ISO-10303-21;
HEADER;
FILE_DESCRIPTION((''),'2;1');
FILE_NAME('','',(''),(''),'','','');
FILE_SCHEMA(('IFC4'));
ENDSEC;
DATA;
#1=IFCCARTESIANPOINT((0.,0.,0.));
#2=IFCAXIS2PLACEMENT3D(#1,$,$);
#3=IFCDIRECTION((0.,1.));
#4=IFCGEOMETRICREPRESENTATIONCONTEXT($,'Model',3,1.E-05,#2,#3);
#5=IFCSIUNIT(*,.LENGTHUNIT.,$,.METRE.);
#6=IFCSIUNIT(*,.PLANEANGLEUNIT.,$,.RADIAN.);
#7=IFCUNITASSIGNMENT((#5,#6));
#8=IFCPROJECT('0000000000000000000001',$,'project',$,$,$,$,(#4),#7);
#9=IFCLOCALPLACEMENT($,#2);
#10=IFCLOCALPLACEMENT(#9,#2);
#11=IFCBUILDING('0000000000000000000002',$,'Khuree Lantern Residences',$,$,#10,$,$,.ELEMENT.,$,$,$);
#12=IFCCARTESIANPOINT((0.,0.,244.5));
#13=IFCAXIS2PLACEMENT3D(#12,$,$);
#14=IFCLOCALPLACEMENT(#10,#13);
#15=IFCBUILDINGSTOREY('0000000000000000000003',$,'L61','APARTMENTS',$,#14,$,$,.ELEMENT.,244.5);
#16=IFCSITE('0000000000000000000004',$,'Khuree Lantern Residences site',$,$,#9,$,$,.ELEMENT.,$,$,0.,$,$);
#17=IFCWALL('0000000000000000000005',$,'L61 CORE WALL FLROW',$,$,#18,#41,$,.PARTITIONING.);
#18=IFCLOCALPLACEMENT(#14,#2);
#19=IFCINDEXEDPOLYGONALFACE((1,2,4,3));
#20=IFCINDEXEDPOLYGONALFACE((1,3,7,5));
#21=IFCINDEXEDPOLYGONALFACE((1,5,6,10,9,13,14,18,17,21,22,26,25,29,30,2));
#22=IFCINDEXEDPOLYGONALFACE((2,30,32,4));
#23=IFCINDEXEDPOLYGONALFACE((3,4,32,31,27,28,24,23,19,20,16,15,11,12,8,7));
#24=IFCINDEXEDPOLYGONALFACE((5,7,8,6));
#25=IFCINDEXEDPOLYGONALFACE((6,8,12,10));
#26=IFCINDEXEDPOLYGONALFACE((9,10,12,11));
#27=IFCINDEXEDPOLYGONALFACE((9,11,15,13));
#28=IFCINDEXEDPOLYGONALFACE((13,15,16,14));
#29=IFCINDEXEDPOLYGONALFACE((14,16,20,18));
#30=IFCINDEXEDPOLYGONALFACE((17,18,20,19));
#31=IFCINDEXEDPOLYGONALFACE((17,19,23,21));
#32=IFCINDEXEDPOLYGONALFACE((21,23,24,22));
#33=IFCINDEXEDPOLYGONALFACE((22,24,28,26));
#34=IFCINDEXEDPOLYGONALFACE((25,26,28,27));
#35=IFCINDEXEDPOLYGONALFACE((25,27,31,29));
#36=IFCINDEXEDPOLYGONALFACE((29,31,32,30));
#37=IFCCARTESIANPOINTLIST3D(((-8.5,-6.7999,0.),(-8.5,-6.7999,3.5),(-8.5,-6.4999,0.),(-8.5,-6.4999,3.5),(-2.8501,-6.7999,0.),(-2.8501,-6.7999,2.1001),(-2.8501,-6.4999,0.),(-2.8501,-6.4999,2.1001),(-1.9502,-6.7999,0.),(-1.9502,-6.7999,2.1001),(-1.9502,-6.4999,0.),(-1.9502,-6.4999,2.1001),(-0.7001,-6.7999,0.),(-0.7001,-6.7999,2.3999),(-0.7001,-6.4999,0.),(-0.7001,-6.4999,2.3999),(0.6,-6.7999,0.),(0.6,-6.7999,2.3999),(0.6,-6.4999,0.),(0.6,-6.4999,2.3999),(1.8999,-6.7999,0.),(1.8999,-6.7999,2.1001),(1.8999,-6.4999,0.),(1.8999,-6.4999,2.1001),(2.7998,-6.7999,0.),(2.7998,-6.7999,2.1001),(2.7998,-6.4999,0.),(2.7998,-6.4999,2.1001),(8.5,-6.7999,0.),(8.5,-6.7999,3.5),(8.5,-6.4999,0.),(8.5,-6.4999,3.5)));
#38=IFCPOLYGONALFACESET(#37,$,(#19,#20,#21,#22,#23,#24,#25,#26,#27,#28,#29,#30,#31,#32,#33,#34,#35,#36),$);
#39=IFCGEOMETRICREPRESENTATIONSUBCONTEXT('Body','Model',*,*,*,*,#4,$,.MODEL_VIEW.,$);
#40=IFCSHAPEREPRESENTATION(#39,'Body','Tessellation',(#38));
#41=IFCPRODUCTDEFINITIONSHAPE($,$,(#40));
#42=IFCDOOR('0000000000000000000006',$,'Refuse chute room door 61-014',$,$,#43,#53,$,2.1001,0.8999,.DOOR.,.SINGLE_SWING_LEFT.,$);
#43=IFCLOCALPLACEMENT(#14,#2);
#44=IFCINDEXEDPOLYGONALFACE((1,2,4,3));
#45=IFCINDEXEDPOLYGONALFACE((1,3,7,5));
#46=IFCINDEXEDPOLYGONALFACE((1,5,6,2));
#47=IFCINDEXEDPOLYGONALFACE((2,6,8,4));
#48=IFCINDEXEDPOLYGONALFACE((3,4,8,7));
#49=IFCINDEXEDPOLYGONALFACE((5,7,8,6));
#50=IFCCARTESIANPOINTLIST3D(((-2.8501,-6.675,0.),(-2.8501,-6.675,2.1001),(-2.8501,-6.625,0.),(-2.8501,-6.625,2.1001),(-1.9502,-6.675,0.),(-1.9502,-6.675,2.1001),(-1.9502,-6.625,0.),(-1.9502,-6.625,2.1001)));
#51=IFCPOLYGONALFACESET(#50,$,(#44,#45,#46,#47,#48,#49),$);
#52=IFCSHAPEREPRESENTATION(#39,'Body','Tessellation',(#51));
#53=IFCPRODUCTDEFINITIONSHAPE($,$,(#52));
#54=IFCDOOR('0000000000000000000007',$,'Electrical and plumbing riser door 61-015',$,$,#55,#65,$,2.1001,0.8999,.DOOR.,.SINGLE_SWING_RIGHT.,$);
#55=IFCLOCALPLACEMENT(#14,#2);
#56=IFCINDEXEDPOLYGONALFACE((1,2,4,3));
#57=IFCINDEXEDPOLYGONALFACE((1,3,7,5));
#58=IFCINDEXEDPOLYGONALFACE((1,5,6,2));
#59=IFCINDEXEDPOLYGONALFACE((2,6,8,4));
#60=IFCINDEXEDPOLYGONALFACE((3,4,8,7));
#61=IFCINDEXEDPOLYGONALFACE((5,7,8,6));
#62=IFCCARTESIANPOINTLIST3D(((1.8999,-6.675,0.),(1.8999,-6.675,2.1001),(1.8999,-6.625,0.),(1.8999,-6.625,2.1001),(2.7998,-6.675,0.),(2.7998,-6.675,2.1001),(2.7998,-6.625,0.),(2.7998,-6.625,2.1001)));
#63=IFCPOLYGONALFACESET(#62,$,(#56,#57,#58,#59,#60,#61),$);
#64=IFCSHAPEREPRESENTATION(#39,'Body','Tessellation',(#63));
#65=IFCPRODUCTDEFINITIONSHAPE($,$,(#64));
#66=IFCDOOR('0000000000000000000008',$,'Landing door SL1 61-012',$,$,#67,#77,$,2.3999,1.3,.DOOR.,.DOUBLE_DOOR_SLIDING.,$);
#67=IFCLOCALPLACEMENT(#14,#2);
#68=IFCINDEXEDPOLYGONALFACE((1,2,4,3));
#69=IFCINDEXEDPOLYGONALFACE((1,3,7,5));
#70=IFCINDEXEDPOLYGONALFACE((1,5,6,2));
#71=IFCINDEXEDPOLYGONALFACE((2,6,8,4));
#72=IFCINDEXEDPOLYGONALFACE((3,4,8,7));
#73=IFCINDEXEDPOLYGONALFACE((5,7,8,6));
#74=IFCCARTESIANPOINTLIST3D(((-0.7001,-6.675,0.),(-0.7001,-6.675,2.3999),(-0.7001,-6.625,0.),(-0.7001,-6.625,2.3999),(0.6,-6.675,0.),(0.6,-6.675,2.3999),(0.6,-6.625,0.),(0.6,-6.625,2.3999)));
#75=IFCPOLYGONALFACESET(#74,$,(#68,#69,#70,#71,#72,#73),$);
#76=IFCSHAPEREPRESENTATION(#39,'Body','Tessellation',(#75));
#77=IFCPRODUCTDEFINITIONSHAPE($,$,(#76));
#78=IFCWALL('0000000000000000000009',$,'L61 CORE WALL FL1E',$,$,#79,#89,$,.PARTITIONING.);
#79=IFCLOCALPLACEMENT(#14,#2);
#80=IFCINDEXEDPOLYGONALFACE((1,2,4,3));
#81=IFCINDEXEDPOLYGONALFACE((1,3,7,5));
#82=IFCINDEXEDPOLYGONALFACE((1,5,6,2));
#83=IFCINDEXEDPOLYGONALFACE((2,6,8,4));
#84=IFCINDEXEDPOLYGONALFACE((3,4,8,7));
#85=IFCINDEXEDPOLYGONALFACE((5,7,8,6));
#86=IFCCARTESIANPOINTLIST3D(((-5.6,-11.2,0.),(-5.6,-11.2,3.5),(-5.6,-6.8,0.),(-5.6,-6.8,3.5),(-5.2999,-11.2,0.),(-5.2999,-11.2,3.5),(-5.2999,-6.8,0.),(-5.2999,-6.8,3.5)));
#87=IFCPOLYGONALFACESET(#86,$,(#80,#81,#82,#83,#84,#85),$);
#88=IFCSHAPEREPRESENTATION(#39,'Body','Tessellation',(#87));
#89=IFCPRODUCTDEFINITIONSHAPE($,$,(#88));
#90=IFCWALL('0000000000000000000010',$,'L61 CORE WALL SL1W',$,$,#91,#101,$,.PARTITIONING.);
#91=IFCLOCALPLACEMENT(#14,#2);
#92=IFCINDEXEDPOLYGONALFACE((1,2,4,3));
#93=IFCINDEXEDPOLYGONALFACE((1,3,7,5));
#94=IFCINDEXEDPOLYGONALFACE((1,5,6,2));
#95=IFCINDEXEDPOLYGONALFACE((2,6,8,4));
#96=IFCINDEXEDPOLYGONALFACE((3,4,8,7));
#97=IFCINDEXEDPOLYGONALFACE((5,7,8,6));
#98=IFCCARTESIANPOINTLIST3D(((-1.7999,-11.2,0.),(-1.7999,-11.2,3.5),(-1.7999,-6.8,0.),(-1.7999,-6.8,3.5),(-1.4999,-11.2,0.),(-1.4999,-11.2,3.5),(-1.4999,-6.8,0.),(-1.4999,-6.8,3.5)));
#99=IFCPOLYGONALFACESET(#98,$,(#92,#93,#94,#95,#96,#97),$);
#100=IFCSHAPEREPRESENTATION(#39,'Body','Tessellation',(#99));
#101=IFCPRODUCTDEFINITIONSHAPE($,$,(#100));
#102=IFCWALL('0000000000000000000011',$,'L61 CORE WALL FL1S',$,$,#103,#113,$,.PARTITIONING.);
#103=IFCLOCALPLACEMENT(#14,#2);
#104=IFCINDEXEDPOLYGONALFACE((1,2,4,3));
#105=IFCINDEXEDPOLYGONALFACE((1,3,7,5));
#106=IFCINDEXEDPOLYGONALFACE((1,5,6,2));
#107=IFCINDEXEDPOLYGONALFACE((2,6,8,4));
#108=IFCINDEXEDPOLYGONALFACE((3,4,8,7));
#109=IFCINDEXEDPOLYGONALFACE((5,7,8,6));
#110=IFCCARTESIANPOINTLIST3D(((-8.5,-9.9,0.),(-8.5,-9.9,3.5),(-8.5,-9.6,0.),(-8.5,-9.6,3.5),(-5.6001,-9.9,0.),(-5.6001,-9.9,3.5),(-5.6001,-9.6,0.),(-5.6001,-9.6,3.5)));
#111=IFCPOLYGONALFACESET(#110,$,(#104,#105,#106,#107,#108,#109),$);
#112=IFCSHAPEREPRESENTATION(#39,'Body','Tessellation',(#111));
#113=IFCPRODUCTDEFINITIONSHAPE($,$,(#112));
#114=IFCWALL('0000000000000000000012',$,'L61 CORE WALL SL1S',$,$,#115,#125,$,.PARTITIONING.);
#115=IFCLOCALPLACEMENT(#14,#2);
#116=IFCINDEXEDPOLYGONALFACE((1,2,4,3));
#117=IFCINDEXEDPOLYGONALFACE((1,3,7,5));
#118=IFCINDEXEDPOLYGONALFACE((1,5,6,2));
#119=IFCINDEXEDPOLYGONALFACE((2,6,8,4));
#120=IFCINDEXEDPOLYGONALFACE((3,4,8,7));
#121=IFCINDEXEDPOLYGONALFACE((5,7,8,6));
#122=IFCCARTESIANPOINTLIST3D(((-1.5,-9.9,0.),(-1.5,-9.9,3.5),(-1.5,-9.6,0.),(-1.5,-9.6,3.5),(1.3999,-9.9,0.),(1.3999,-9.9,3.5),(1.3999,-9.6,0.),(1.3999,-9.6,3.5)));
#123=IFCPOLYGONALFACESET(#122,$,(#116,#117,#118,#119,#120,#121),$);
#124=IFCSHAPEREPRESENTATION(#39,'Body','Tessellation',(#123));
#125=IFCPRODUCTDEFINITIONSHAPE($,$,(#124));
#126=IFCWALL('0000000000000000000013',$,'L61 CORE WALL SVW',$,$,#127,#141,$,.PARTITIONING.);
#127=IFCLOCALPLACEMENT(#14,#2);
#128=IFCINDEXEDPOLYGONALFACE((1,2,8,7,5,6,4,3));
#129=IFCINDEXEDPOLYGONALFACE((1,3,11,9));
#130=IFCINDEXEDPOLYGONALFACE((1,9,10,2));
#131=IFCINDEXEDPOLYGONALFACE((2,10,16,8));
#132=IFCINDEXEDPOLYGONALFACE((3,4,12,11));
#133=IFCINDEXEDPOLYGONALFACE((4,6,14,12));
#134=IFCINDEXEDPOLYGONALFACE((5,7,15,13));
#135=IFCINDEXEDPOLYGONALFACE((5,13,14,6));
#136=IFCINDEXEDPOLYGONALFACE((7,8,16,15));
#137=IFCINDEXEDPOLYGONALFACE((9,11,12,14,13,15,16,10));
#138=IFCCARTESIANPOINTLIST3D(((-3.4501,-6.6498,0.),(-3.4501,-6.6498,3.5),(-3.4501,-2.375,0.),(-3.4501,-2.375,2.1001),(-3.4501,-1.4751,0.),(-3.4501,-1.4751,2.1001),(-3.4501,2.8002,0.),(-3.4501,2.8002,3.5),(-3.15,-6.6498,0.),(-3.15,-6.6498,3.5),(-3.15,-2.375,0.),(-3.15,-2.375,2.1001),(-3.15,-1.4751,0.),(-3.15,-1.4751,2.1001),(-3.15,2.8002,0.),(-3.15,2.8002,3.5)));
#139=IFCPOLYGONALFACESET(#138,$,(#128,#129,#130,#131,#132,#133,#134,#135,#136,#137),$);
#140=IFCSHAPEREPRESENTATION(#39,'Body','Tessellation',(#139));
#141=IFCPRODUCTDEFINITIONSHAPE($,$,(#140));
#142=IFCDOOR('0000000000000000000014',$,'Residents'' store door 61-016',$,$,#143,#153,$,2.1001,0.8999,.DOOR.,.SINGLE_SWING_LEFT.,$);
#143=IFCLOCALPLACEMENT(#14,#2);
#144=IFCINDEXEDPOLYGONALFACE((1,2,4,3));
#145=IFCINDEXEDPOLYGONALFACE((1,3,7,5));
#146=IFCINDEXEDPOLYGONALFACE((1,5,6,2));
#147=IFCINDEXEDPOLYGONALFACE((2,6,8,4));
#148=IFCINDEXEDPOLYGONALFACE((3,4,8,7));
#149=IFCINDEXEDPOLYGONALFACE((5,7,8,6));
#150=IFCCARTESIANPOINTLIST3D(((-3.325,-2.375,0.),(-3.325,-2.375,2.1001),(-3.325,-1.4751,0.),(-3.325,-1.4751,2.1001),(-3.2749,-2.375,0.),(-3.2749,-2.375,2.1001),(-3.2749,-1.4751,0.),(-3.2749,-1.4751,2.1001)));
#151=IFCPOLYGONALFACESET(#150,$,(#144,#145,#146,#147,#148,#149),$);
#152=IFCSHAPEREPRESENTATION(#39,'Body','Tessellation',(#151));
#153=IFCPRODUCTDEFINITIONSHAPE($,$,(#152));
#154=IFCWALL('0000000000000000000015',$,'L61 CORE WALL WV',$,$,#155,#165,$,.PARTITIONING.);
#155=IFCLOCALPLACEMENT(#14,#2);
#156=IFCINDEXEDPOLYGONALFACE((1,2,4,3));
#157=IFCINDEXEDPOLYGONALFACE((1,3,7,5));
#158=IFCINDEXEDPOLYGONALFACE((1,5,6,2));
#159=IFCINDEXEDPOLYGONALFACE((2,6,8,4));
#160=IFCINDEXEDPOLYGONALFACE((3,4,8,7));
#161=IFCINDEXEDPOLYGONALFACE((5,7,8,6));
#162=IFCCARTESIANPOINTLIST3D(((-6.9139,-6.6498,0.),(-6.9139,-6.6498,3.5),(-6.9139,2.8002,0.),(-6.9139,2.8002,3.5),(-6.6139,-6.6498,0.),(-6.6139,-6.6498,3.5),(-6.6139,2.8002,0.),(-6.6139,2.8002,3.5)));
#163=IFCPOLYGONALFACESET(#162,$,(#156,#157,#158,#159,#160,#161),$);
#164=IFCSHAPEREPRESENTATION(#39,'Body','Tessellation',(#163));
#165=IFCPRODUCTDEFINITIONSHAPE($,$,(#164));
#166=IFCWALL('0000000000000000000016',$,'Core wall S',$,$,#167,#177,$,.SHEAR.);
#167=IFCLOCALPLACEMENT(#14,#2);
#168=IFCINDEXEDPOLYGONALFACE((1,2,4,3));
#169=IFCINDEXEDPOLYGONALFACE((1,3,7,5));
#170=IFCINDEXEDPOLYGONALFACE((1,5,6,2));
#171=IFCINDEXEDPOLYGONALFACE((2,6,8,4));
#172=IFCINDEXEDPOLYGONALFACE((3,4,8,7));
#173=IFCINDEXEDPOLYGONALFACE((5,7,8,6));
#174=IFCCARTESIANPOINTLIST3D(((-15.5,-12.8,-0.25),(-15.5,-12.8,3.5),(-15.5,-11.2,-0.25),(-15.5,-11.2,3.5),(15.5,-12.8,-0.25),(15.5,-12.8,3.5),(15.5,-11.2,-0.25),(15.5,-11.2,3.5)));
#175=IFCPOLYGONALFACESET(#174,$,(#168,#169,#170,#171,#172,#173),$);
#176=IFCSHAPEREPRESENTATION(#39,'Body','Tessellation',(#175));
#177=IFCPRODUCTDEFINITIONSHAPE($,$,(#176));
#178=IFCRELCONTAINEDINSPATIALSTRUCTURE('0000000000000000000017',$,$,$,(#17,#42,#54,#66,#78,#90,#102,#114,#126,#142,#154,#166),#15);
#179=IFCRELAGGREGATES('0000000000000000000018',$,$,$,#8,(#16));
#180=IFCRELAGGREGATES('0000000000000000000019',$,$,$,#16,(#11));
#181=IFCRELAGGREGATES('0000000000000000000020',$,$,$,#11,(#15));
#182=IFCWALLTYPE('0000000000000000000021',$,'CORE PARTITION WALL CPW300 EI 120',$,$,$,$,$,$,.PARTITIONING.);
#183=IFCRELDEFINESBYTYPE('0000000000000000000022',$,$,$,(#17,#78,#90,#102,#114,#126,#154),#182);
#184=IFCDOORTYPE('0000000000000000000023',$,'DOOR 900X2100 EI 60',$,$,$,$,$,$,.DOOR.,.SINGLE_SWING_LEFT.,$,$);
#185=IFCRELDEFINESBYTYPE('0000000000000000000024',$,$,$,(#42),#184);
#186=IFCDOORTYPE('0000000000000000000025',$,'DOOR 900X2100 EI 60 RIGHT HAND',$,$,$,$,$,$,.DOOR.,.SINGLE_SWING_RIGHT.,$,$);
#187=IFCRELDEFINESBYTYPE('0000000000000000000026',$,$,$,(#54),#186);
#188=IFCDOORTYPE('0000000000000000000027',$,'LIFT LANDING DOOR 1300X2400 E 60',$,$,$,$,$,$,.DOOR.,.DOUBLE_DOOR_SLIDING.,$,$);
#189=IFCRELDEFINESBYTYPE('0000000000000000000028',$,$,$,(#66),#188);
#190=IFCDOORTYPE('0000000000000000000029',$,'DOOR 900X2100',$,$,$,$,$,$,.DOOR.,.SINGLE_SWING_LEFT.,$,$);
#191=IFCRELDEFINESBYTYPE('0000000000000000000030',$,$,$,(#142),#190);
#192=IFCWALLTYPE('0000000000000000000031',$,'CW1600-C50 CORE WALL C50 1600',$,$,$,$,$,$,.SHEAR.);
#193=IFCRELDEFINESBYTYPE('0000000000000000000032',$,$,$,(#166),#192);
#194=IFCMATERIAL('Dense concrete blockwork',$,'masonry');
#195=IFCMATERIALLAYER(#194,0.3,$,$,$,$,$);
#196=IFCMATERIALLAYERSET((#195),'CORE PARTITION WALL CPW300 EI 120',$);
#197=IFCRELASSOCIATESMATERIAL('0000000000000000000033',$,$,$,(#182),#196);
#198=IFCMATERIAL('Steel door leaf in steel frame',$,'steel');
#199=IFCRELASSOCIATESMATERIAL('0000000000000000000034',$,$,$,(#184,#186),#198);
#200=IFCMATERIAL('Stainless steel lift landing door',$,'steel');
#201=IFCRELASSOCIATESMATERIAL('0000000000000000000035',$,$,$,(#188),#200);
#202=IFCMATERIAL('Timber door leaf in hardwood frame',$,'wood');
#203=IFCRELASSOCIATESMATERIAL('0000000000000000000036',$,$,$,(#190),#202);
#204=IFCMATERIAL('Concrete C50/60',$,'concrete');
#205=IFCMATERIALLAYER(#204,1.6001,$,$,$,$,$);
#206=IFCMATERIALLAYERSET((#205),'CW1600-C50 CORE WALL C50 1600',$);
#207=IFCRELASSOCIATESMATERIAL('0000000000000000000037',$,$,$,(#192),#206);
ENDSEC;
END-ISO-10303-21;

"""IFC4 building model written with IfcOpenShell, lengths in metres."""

from ifc_helpers import new_model, si_unit, direction, frame, frame_2d, origin, place, context, subcontext, project, spatial, rectangle, extrude, material, layer, layer_set, type_object, element, fill, save


model = new_model("IFC4")

# Units and contexts
model_context = context("Model", 3, precision=1e-05, world=origin(), true_north=direction((0.0, 1.0)))
body_context = subcontext(model_context, "Body", "Model", "MODEL_VIEW")
ifc_project = project(units=[si_unit("LENGTHUNIT", "METRE"), si_unit("PLANEANGLEUNIT", "RADIAN")], contexts=[model_context])

# Site, building, storey
site_placement = place(None, origin())
site = spatial("IfcSite", under=ifc_project, at=site_placement, Name="Khuree Lantern Residences site", CompositionType="ELEMENT", RefElevation=0.0)
building_placement = place(site_placement, origin())
building = spatial("IfcBuilding", under=site, at=building_placement, Name="Khuree Lantern Residences", CompositionType="ELEMENT")
storey_placement = place(building_placement, frame((0.0, 0.0, 244.5)))
storey = spatial("IfcBuildingStorey", under=building, at=storey_placement, Name="L61", Description="APARTMENTS", CompositionType="ELEMENT", Elevation=244.5)

# Shared definitions
ifc_material_1 = material(Name="Concrete C50/60", Category="concrete")

# Shared definitions
ifc_material_2 = material(Name="Timber door leaf in hardwood frame", Category="wood")

# Shared definitions
ifc_material_3 = material(Name="Dense concrete blockwork", Category="masonry")
ifc_layer_1 = layer(ifc_material_3, 0.3)
ifc_layer_set_1 = layer_set([ifc_layer_1], Name="CORE PARTITION WALL CPW300 EI 120")
wall_type_1 = type_object("IfcWallType", Name="CORE PARTITION WALL CPW300 EI 120", PredefinedType="PARTITIONING", material=ifc_layer_set_1)
ifc_material_4 = material(Name="Stainless steel lift landing door", Category="steel")

# Wall, openings, doors
wall_1_placement = place(storey_placement, frame((-8.5, -6.6499, 0.0), z_axis=(0.0, 0.0, 1.0), x_axis=(1.0, 0.0, 0.0)))
wall_1 = element("IfcWall", 1, at=wall_1_placement, inside=storey, type_object=wall_type_1, Name="L61 CORE WALL FLROW", PredefinedType="PARTITIONING", context=body_context, shape_type="SweptSolid", body=[
    extrude(rectangle(XDim=17.0, YDim=0.3, at=frame_2d((8.5, 0.0))), origin(), (0.0, 0.0, 1.0), 3.5),
])
opening_1_placement = place(wall_1_placement, frame((7.8, 0.0, 0.0)))
opening_1 = element("IfcOpeningElement", 2, at=opening_1_placement, cuts=wall_1, PredefinedType="OPENING", context=body_context, shape_type="SweptSolid", body=[
    extrude(rectangle(XDim=1.3, YDim=2.3999, at=frame_2d((0.6499, 1.2))), frame((0.0, 0.1602, 0.0), z_axis=(0.0, -1.0, 0.0), x_axis=(1.0, 0.0, 0.0)), (0.0, 0.0, 1.0), 0.3201),
])
opening_2_placement = place(wall_1_placement, frame((5.6499, 0.0, 0.0)))
opening_2 = element("IfcOpeningElement", 3, at=opening_2_placement, cuts=wall_1, PredefinedType="OPENING", context=body_context, shape_type="SweptSolid", body=[
    extrude(rectangle(XDim=0.8999, YDim=2.1001, at=frame_2d((0.45, 1.05))), frame((0.0, 0.1602, 0.0), z_axis=(0.0, -1.0, 0.0), x_axis=(1.0, 0.0, 0.0)), (0.0, 0.0, 1.0), 0.3201),
])
opening_3_placement = place(wall_1_placement, frame((10.3999, 0.0, 0.0)))
opening_3 = element("IfcOpeningElement", 4, at=opening_3_placement, cuts=wall_1, PredefinedType="OPENING", context=body_context, shape_type="SweptSolid", body=[
    extrude(rectangle(XDim=0.8999, YDim=2.1001, at=frame_2d((0.45, 1.05))), frame((0.0, 0.1602, 0.0), z_axis=(0.0, -1.0, 0.0), x_axis=(1.0, 0.0, 0.0)), (0.0, 0.0, 1.0), 0.3201),
])
ifc_material_5 = material(Name="Steel door leaf in steel frame", Category="steel")
door_type_1 = type_object("IfcDoorType", Name="DOOR 900X2100 EI 60", OperationType="SINGLE_SWING_LEFT", PredefinedType="DOOR", material=ifc_material_5)
door_1_placement = place(opening_2_placement, origin())
door_1 = element("IfcDoor", 5, at=door_1_placement, inside=storey, type_object=door_type_1, Name="Refuse chute room door 61-014", OperationType="SINGLE_SWING_LEFT", OverallHeight=2.1001, OverallWidth=0.8999, PredefinedType="DOOR", context=body_context, shape_type="SweptSolid", body=[
    extrude(rectangle(XDim=0.8999, YDim=2.1001, at=frame_2d((0.45, 1.05))), frame((0.0, 0.0249, 0.0), z_axis=(0.0, -1.0, 0.0), x_axis=(1.0, 0.0, 0.0)), (0.0, 0.0, 1.0), 0.05),
])
fill(opening_2, door_1)
door_type_2 = type_object("IfcDoorType", Name="DOOR 900X2100 EI 60 RIGHT HAND", OperationType="SINGLE_SWING_RIGHT", PredefinedType="DOOR", material=ifc_material_5)
door_2_placement = place(opening_3_placement, origin())
door_2 = element("IfcDoor", 6, at=door_2_placement, inside=storey, type_object=door_type_2, Name="Electrical and plumbing riser door 61-015", OperationType="SINGLE_SWING_RIGHT", OverallHeight=2.1001, OverallWidth=0.8999, PredefinedType="DOOR", context=body_context, shape_type="SweptSolid", body=[
    extrude(rectangle(XDim=0.8999, YDim=2.1001, at=frame_2d((0.45, 1.05))), frame((0.0, 0.0249, 0.0), z_axis=(0.0, -1.0, 0.0), x_axis=(1.0, 0.0, 0.0)), (0.0, 0.0, 1.0), 0.05),
])
fill(opening_3, door_2)
door_type_3 = type_object("IfcDoorType", Name="LIFT LANDING DOOR 1300X2400 E 60", OperationType="DOUBLE_DOOR_SLIDING", PredefinedType="DOOR", material=ifc_material_4)
door_3_placement = place(opening_1_placement, origin())
door_3 = element("IfcDoor", 7, at=door_3_placement, inside=storey, type_object=door_type_3, Name="Landing door SL1 61-012", OperationType="DOUBLE_DOOR_SLIDING", OverallHeight=2.3999, OverallWidth=1.3, PredefinedType="DOOR", context=body_context, shape_type="SweptSolid", body=[
    extrude(rectangle(XDim=1.3, YDim=2.3999, at=frame_2d((0.6499, 1.2))), frame((0.0, 0.0249, 0.0), z_axis=(0.0, -1.0, 0.0), x_axis=(1.0, 0.0, 0.0)), (0.0, 0.0, 1.0), 0.05),
])
fill(opening_1, door_3)

# Walls
for number, where, z_axis, x_axis, name in (
    (8, (-5.45, -11.2, 0.0), (0.0, 0.0, 1.0), (0.0, 1.0, 0.0), "L61 CORE WALL FL1E"),
    (9, (-1.6499, -11.2, 0.0), (0.0, 0.0, 1.0), (0.0, 1.0, 0.0), "L61 CORE WALL SL1W"),
):
    element("IfcWall", number, at=place(storey_placement, frame(where, z_axis=z_axis, x_axis=x_axis)), inside=storey, type_object=wall_type_1, Name=name, PredefinedType="PARTITIONING", context=body_context, shape_type="SweptSolid", body=[
        extrude(rectangle(XDim=4.3999, YDim=0.3, at=frame_2d((2.2, 0.0))), origin(), (0.0, 0.0, 1.0), 3.5),
    ])
for number, where, z_axis, x_axis, name in (
    (10, (-8.5, -9.75, 0.0), (0.0, 0.0, 1.0), (1.0, 0.0, 0.0), "L61 CORE WALL FL1S"),
    (11, (-1.5, -9.75, 0.0), (0.0, 0.0, 1.0), (1.0, 0.0, 0.0), "L61 CORE WALL SL1S"),
):
    element("IfcWall", number, at=place(storey_placement, frame(where, z_axis=z_axis, x_axis=x_axis)), inside=storey, type_object=wall_type_1, Name=name, PredefinedType="PARTITIONING", context=body_context, shape_type="SweptSolid", body=[
        extrude(rectangle(XDim=2.8999, YDim=0.3, at=frame_2d((1.45, 0.0))), origin(), (0.0, 0.0, 1.0), 3.5),
    ])

# Wall, opening, door
wall_2_placement = place(storey_placement, frame((-3.3, -6.6499, 0.0), z_axis=(0.0, 0.0, 1.0), x_axis=(0.0, 1.0, 0.0)))
wall_2 = element("IfcWall", 12, at=wall_2_placement, inside=storey, type_object=wall_type_1, Name="L61 CORE WALL SVW", PredefinedType="PARTITIONING", context=body_context, shape_type="SweptSolid", body=[
    extrude(rectangle(XDim=9.45, YDim=0.3, at=frame_2d((4.7251, 0.0))), origin(), (0.0, 0.0, 1.0), 3.5),
])
opening_4_placement = place(wall_2_placement, frame((4.2749, 0.0, 0.0)))
opening_4 = element("IfcOpeningElement", 13, at=opening_4_placement, cuts=wall_2, PredefinedType="OPENING", context=body_context, shape_type="SweptSolid", body=[
    extrude(rectangle(XDim=0.8999, YDim=2.1001, at=frame_2d((0.45, 1.05))), frame((0.0, 0.1602, 0.0), z_axis=(0.0, -1.0, 0.0), x_axis=(1.0, 0.0, 0.0)), (0.0, 0.0, 1.0), 0.3201),
])
door_type_4 = type_object("IfcDoorType", Name="DOOR 900X2100", OperationType="SINGLE_SWING_LEFT", PredefinedType="DOOR", material=ifc_material_2)
door_4_placement = place(opening_4_placement, origin())
door_4 = element("IfcDoor", 14, at=door_4_placement, inside=storey, type_object=door_type_4, Name="Residents' store door 61-016", OperationType="SINGLE_SWING_LEFT", OverallHeight=2.1001, OverallWidth=0.8999, PredefinedType="DOOR", context=body_context, shape_type="SweptSolid", body=[
    extrude(rectangle(XDim=0.8999, YDim=2.1001, at=frame_2d((0.45, 1.05))), frame((0.0, 0.0249, 0.0), z_axis=(0.0, -1.0, 0.0), x_axis=(1.0, 0.0, 0.0)), (0.0, 0.0, 1.0), 0.05),
])
fill(opening_4, door_4)

# Walls
wall_3_placement = place(storey_placement, frame((-6.7639, -6.6499, 0.0), z_axis=(0.0, 0.0, 1.0), x_axis=(0.0, 1.0, 0.0)))
element("IfcWall", 15, at=wall_3_placement, inside=storey, type_object=wall_type_1, Name="L61 CORE WALL WV", PredefinedType="PARTITIONING", context=body_context, shape_type="SweptSolid", body=[
    extrude(rectangle(XDim=9.45, YDim=0.3, at=frame_2d((4.7251, 0.0))), origin(), (0.0, 0.0, 1.0), 3.5),
])
ifc_layer_2 = layer(ifc_material_1, 1.6001)
ifc_layer_set_2 = layer_set([ifc_layer_2], Name="CW1600-C50 CORE WALL C50 1600")
wall_type_2 = type_object("IfcWallType", Name="CW1600-C50 CORE WALL C50 1600", PredefinedType="SHEAR", material=ifc_layer_set_2)
wall_4_placement = place(storey_placement, frame((-15.5, -12.0, -0.25), z_axis=(0.0, 0.0, 1.0), x_axis=(1.0, 0.0, 0.0)))
element("IfcWall", 16, at=wall_4_placement, inside=storey, type_object=wall_type_2, Name="Core wall S", PredefinedType="SHEAR", context=body_context, shape_type="SweptSolid", body=[
    extrude(rectangle(XDim=31.0, YDim=1.6001, at=frame_2d((15.5, 0.0))), origin(), (0.0, 0.0, 1.0), 3.75),
])

save(model, "model.ifc")
